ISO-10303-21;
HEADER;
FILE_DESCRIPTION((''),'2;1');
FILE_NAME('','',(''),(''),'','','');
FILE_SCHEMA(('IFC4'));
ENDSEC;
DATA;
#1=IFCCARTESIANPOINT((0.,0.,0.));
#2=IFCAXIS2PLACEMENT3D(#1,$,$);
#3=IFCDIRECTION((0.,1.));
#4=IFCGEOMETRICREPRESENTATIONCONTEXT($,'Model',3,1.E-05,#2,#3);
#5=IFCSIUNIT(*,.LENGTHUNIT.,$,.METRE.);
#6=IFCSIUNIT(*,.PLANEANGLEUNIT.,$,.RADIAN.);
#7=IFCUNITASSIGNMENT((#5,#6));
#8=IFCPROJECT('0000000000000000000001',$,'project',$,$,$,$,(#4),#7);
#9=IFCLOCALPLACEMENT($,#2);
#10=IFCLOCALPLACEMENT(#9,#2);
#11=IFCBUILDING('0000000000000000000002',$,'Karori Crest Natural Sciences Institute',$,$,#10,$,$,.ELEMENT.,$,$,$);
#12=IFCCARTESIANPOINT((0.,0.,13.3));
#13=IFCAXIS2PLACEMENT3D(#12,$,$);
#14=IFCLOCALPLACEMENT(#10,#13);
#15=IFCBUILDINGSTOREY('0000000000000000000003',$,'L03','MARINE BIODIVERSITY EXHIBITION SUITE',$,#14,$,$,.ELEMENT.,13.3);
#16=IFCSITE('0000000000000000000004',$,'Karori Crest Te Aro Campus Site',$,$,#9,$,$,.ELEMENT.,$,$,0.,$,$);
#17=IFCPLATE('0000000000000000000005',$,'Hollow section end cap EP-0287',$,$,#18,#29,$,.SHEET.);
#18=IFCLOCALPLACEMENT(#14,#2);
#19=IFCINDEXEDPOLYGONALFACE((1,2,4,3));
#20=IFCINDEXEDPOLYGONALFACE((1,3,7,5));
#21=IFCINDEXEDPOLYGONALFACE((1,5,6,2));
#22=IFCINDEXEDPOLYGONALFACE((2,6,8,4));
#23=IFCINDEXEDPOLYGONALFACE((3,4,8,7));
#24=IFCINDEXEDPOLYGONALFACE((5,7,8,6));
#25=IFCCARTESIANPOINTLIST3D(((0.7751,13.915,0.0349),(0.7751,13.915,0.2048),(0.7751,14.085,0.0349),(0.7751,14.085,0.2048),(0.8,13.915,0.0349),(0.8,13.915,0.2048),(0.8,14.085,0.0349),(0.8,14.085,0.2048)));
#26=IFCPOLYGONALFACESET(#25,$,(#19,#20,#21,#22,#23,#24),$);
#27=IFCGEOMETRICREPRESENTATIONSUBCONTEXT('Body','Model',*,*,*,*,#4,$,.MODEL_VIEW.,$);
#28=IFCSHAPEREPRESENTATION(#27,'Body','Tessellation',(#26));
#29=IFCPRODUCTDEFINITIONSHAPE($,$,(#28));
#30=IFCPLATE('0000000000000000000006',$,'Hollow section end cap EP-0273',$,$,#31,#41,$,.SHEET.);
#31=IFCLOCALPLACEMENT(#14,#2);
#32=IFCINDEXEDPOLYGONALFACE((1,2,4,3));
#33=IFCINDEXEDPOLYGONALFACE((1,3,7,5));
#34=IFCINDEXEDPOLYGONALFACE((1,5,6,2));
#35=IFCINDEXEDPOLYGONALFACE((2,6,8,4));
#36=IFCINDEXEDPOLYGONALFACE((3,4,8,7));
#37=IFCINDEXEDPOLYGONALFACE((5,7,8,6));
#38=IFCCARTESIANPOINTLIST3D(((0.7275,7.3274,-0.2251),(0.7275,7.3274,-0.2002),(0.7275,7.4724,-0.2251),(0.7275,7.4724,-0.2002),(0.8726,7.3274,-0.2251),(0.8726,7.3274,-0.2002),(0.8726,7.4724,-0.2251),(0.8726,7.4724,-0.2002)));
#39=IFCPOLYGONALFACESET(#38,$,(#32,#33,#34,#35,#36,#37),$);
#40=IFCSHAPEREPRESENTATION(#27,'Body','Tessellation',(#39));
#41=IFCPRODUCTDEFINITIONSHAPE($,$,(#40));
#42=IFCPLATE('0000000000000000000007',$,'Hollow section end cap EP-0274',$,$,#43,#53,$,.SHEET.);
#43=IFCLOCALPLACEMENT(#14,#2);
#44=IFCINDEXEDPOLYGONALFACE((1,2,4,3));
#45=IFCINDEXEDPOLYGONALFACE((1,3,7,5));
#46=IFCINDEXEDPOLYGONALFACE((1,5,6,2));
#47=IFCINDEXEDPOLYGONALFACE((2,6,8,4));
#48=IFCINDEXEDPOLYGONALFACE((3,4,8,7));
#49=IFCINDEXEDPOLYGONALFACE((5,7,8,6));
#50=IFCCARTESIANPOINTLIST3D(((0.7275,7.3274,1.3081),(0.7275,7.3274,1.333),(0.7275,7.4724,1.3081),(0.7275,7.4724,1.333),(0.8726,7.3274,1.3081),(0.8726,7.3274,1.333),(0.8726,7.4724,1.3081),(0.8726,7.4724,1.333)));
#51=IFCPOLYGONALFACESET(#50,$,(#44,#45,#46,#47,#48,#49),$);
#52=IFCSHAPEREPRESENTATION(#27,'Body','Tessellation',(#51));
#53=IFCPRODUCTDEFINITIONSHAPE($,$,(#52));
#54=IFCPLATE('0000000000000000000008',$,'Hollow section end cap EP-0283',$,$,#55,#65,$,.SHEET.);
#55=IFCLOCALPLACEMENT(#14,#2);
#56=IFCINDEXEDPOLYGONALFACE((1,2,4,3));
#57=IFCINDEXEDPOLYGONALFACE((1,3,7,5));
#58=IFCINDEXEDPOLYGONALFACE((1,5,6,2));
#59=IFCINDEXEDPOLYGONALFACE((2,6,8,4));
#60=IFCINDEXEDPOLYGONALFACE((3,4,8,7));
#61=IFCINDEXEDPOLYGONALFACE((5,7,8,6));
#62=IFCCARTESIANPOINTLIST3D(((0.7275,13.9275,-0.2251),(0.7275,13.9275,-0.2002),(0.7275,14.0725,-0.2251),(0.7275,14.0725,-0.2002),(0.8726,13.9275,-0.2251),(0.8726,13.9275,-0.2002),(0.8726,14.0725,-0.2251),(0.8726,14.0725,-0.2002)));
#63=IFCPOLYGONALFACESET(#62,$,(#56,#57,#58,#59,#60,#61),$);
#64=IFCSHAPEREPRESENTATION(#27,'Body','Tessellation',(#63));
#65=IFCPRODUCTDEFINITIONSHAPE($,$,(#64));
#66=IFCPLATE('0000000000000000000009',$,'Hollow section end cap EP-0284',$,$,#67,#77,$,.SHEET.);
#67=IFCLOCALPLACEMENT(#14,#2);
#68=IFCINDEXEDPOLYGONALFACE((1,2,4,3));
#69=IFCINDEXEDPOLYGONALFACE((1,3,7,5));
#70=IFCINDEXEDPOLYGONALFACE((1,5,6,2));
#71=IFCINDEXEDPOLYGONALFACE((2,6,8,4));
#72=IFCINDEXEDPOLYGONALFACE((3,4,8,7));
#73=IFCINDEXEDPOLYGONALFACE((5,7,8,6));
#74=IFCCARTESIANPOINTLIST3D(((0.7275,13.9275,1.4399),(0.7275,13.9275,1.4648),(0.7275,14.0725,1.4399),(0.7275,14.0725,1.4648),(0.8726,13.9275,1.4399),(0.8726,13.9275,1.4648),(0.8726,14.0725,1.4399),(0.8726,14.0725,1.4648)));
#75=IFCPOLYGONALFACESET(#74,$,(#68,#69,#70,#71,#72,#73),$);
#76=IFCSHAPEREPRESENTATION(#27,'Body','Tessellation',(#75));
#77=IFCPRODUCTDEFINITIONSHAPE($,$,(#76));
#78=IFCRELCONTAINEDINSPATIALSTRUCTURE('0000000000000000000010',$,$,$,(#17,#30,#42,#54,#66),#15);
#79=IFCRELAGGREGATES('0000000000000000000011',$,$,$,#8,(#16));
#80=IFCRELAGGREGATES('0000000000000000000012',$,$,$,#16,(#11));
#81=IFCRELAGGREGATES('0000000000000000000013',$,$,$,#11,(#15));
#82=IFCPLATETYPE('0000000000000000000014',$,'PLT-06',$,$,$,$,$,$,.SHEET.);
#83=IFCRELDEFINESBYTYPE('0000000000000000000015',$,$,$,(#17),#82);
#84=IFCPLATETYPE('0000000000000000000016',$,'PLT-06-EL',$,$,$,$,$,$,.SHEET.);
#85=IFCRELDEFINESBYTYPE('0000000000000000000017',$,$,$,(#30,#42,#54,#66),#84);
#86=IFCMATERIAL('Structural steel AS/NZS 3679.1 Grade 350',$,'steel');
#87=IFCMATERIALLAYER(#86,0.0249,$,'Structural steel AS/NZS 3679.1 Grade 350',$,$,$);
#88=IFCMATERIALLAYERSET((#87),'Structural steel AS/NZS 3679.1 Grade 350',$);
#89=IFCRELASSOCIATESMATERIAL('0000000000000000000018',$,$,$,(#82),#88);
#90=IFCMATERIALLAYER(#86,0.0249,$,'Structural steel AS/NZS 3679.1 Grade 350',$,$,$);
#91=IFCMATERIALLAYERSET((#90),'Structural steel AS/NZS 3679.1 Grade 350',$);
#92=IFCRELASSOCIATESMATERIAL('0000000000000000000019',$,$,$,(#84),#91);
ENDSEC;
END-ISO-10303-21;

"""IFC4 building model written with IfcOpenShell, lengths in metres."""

from ifc_helpers import new_model, si_unit, direction, frame, origin, origin_2d, place, context, subcontext, project, spatial, rectangle, extrude, material, layer, layer_set, type_object, element, save


model = new_model("IFC4")

# Units and contexts
model_context = context("Model", 3, precision=1e-05, world=origin(), true_north=direction((0.0, 1.0)))
body_context = subcontext(model_context, "Body", "Model", "MODEL_VIEW")
ifc_project = project(units=[si_unit("LENGTHUNIT", "METRE"), si_unit("PLANEANGLEUNIT", "RADIAN")], contexts=[model_context])

# Site, building, storey
site_placement = place(None, origin())
site = spatial("IfcSite", under=ifc_project, at=site_placement, Name="Karori Crest Te Aro Campus Site", CompositionType="ELEMENT", RefElevation=0.0)
building_placement = place(site_placement, origin())
building = spatial("IfcBuilding", under=site, at=building_placement, Name="Karori Crest Natural Sciences Institute", CompositionType="ELEMENT")
storey_placement = place(building_placement, frame((0.0, 0.0, 13.3)))
storey = spatial("IfcBuildingStorey", under=building, at=storey_placement, Name="L03", Description="MARINE BIODIVERSITY EXHIBITION SUITE", CompositionType="ELEMENT", Elevation=13.3)

# Plates
ifc_material_1 = material(Name="Structural steel AS/NZS 3679.1 Grade 350", Category="steel")
ifc_layer_1 = layer(ifc_material_1, 0.0249, Name="Structural steel AS/NZS 3679.1 Grade 350")
ifc_layer_set_1 = layer_set([ifc_layer_1], Name="Structural steel AS/NZS 3679.1 Grade 350")
plate_type_1 = type_object("IfcPlateType", Name="PLT-06", PredefinedType="SHEET", material=ifc_layer_set_1)
for number, where, z_axis, x_axis, name in (
    (1, (0.7876, 14.0, 0.0349), (0.0, 0.0, 1.0), (1.0, 0.0, 0.0), "Hollow section end cap EP-0287"),
):
    element("IfcPlate", number, at=place(storey_placement, frame(where, z_axis=z_axis, x_axis=x_axis)), inside=storey, type_object=plate_type_1, Name=name, PredefinedType="SHEET", context=body_context, shape_type="SweptSolid", body=[
        extrude(rectangle(XDim=0.0249, YDim=0.1699, at=origin_2d()), origin(), (0.0, 0.0, 1.0), 0.1699),
    ])
ifc_layer_2 = layer(ifc_material_1, 0.0249, Name="Structural steel AS/NZS 3679.1 Grade 350")
ifc_layer_set_2 = layer_set([ifc_layer_2], Name="Structural steel AS/NZS 3679.1 Grade 350")
plate_type_2 = type_object("IfcPlateType", Name="PLT-06-EL", PredefinedType="SHEET", material=ifc_layer_set_2)
for number, where, z_axis, x_axis, name in (
    (2, (0.8, 7.3999, -0.2251), (0.0, 0.0, 1.0), (1.0, 0.0, 0.0), "Hollow section end cap EP-0273"),
    (3, (0.8, 7.3999, 1.3081), (0.0, 0.0, 1.0), (1.0, 0.0, 0.0), "Hollow section end cap EP-0274"),
    (4, (0.8, 14.0, -0.2251), (0.0, 0.0, 1.0), (1.0, 0.0, 0.0), "Hollow section end cap EP-0283"),
    (5, (0.8, 14.0, 1.4399), (0.0, 0.0, 1.0), (1.0, 0.0, 0.0), "Hollow section end cap EP-0284"),
):
    element("IfcPlate", number, at=place(storey_placement, frame(where, z_axis=z_axis, x_axis=x_axis)), inside=storey, type_object=plate_type_2, Name=name, PredefinedType="SHEET", context=body_context, shape_type="SweptSolid", body=[
        extrude(rectangle(XDim=0.145, YDim=0.145, at=origin_2d()), origin(), (0.0, 0.0, 1.0), 0.0249),
    ])

save(model, "model.ifc")
